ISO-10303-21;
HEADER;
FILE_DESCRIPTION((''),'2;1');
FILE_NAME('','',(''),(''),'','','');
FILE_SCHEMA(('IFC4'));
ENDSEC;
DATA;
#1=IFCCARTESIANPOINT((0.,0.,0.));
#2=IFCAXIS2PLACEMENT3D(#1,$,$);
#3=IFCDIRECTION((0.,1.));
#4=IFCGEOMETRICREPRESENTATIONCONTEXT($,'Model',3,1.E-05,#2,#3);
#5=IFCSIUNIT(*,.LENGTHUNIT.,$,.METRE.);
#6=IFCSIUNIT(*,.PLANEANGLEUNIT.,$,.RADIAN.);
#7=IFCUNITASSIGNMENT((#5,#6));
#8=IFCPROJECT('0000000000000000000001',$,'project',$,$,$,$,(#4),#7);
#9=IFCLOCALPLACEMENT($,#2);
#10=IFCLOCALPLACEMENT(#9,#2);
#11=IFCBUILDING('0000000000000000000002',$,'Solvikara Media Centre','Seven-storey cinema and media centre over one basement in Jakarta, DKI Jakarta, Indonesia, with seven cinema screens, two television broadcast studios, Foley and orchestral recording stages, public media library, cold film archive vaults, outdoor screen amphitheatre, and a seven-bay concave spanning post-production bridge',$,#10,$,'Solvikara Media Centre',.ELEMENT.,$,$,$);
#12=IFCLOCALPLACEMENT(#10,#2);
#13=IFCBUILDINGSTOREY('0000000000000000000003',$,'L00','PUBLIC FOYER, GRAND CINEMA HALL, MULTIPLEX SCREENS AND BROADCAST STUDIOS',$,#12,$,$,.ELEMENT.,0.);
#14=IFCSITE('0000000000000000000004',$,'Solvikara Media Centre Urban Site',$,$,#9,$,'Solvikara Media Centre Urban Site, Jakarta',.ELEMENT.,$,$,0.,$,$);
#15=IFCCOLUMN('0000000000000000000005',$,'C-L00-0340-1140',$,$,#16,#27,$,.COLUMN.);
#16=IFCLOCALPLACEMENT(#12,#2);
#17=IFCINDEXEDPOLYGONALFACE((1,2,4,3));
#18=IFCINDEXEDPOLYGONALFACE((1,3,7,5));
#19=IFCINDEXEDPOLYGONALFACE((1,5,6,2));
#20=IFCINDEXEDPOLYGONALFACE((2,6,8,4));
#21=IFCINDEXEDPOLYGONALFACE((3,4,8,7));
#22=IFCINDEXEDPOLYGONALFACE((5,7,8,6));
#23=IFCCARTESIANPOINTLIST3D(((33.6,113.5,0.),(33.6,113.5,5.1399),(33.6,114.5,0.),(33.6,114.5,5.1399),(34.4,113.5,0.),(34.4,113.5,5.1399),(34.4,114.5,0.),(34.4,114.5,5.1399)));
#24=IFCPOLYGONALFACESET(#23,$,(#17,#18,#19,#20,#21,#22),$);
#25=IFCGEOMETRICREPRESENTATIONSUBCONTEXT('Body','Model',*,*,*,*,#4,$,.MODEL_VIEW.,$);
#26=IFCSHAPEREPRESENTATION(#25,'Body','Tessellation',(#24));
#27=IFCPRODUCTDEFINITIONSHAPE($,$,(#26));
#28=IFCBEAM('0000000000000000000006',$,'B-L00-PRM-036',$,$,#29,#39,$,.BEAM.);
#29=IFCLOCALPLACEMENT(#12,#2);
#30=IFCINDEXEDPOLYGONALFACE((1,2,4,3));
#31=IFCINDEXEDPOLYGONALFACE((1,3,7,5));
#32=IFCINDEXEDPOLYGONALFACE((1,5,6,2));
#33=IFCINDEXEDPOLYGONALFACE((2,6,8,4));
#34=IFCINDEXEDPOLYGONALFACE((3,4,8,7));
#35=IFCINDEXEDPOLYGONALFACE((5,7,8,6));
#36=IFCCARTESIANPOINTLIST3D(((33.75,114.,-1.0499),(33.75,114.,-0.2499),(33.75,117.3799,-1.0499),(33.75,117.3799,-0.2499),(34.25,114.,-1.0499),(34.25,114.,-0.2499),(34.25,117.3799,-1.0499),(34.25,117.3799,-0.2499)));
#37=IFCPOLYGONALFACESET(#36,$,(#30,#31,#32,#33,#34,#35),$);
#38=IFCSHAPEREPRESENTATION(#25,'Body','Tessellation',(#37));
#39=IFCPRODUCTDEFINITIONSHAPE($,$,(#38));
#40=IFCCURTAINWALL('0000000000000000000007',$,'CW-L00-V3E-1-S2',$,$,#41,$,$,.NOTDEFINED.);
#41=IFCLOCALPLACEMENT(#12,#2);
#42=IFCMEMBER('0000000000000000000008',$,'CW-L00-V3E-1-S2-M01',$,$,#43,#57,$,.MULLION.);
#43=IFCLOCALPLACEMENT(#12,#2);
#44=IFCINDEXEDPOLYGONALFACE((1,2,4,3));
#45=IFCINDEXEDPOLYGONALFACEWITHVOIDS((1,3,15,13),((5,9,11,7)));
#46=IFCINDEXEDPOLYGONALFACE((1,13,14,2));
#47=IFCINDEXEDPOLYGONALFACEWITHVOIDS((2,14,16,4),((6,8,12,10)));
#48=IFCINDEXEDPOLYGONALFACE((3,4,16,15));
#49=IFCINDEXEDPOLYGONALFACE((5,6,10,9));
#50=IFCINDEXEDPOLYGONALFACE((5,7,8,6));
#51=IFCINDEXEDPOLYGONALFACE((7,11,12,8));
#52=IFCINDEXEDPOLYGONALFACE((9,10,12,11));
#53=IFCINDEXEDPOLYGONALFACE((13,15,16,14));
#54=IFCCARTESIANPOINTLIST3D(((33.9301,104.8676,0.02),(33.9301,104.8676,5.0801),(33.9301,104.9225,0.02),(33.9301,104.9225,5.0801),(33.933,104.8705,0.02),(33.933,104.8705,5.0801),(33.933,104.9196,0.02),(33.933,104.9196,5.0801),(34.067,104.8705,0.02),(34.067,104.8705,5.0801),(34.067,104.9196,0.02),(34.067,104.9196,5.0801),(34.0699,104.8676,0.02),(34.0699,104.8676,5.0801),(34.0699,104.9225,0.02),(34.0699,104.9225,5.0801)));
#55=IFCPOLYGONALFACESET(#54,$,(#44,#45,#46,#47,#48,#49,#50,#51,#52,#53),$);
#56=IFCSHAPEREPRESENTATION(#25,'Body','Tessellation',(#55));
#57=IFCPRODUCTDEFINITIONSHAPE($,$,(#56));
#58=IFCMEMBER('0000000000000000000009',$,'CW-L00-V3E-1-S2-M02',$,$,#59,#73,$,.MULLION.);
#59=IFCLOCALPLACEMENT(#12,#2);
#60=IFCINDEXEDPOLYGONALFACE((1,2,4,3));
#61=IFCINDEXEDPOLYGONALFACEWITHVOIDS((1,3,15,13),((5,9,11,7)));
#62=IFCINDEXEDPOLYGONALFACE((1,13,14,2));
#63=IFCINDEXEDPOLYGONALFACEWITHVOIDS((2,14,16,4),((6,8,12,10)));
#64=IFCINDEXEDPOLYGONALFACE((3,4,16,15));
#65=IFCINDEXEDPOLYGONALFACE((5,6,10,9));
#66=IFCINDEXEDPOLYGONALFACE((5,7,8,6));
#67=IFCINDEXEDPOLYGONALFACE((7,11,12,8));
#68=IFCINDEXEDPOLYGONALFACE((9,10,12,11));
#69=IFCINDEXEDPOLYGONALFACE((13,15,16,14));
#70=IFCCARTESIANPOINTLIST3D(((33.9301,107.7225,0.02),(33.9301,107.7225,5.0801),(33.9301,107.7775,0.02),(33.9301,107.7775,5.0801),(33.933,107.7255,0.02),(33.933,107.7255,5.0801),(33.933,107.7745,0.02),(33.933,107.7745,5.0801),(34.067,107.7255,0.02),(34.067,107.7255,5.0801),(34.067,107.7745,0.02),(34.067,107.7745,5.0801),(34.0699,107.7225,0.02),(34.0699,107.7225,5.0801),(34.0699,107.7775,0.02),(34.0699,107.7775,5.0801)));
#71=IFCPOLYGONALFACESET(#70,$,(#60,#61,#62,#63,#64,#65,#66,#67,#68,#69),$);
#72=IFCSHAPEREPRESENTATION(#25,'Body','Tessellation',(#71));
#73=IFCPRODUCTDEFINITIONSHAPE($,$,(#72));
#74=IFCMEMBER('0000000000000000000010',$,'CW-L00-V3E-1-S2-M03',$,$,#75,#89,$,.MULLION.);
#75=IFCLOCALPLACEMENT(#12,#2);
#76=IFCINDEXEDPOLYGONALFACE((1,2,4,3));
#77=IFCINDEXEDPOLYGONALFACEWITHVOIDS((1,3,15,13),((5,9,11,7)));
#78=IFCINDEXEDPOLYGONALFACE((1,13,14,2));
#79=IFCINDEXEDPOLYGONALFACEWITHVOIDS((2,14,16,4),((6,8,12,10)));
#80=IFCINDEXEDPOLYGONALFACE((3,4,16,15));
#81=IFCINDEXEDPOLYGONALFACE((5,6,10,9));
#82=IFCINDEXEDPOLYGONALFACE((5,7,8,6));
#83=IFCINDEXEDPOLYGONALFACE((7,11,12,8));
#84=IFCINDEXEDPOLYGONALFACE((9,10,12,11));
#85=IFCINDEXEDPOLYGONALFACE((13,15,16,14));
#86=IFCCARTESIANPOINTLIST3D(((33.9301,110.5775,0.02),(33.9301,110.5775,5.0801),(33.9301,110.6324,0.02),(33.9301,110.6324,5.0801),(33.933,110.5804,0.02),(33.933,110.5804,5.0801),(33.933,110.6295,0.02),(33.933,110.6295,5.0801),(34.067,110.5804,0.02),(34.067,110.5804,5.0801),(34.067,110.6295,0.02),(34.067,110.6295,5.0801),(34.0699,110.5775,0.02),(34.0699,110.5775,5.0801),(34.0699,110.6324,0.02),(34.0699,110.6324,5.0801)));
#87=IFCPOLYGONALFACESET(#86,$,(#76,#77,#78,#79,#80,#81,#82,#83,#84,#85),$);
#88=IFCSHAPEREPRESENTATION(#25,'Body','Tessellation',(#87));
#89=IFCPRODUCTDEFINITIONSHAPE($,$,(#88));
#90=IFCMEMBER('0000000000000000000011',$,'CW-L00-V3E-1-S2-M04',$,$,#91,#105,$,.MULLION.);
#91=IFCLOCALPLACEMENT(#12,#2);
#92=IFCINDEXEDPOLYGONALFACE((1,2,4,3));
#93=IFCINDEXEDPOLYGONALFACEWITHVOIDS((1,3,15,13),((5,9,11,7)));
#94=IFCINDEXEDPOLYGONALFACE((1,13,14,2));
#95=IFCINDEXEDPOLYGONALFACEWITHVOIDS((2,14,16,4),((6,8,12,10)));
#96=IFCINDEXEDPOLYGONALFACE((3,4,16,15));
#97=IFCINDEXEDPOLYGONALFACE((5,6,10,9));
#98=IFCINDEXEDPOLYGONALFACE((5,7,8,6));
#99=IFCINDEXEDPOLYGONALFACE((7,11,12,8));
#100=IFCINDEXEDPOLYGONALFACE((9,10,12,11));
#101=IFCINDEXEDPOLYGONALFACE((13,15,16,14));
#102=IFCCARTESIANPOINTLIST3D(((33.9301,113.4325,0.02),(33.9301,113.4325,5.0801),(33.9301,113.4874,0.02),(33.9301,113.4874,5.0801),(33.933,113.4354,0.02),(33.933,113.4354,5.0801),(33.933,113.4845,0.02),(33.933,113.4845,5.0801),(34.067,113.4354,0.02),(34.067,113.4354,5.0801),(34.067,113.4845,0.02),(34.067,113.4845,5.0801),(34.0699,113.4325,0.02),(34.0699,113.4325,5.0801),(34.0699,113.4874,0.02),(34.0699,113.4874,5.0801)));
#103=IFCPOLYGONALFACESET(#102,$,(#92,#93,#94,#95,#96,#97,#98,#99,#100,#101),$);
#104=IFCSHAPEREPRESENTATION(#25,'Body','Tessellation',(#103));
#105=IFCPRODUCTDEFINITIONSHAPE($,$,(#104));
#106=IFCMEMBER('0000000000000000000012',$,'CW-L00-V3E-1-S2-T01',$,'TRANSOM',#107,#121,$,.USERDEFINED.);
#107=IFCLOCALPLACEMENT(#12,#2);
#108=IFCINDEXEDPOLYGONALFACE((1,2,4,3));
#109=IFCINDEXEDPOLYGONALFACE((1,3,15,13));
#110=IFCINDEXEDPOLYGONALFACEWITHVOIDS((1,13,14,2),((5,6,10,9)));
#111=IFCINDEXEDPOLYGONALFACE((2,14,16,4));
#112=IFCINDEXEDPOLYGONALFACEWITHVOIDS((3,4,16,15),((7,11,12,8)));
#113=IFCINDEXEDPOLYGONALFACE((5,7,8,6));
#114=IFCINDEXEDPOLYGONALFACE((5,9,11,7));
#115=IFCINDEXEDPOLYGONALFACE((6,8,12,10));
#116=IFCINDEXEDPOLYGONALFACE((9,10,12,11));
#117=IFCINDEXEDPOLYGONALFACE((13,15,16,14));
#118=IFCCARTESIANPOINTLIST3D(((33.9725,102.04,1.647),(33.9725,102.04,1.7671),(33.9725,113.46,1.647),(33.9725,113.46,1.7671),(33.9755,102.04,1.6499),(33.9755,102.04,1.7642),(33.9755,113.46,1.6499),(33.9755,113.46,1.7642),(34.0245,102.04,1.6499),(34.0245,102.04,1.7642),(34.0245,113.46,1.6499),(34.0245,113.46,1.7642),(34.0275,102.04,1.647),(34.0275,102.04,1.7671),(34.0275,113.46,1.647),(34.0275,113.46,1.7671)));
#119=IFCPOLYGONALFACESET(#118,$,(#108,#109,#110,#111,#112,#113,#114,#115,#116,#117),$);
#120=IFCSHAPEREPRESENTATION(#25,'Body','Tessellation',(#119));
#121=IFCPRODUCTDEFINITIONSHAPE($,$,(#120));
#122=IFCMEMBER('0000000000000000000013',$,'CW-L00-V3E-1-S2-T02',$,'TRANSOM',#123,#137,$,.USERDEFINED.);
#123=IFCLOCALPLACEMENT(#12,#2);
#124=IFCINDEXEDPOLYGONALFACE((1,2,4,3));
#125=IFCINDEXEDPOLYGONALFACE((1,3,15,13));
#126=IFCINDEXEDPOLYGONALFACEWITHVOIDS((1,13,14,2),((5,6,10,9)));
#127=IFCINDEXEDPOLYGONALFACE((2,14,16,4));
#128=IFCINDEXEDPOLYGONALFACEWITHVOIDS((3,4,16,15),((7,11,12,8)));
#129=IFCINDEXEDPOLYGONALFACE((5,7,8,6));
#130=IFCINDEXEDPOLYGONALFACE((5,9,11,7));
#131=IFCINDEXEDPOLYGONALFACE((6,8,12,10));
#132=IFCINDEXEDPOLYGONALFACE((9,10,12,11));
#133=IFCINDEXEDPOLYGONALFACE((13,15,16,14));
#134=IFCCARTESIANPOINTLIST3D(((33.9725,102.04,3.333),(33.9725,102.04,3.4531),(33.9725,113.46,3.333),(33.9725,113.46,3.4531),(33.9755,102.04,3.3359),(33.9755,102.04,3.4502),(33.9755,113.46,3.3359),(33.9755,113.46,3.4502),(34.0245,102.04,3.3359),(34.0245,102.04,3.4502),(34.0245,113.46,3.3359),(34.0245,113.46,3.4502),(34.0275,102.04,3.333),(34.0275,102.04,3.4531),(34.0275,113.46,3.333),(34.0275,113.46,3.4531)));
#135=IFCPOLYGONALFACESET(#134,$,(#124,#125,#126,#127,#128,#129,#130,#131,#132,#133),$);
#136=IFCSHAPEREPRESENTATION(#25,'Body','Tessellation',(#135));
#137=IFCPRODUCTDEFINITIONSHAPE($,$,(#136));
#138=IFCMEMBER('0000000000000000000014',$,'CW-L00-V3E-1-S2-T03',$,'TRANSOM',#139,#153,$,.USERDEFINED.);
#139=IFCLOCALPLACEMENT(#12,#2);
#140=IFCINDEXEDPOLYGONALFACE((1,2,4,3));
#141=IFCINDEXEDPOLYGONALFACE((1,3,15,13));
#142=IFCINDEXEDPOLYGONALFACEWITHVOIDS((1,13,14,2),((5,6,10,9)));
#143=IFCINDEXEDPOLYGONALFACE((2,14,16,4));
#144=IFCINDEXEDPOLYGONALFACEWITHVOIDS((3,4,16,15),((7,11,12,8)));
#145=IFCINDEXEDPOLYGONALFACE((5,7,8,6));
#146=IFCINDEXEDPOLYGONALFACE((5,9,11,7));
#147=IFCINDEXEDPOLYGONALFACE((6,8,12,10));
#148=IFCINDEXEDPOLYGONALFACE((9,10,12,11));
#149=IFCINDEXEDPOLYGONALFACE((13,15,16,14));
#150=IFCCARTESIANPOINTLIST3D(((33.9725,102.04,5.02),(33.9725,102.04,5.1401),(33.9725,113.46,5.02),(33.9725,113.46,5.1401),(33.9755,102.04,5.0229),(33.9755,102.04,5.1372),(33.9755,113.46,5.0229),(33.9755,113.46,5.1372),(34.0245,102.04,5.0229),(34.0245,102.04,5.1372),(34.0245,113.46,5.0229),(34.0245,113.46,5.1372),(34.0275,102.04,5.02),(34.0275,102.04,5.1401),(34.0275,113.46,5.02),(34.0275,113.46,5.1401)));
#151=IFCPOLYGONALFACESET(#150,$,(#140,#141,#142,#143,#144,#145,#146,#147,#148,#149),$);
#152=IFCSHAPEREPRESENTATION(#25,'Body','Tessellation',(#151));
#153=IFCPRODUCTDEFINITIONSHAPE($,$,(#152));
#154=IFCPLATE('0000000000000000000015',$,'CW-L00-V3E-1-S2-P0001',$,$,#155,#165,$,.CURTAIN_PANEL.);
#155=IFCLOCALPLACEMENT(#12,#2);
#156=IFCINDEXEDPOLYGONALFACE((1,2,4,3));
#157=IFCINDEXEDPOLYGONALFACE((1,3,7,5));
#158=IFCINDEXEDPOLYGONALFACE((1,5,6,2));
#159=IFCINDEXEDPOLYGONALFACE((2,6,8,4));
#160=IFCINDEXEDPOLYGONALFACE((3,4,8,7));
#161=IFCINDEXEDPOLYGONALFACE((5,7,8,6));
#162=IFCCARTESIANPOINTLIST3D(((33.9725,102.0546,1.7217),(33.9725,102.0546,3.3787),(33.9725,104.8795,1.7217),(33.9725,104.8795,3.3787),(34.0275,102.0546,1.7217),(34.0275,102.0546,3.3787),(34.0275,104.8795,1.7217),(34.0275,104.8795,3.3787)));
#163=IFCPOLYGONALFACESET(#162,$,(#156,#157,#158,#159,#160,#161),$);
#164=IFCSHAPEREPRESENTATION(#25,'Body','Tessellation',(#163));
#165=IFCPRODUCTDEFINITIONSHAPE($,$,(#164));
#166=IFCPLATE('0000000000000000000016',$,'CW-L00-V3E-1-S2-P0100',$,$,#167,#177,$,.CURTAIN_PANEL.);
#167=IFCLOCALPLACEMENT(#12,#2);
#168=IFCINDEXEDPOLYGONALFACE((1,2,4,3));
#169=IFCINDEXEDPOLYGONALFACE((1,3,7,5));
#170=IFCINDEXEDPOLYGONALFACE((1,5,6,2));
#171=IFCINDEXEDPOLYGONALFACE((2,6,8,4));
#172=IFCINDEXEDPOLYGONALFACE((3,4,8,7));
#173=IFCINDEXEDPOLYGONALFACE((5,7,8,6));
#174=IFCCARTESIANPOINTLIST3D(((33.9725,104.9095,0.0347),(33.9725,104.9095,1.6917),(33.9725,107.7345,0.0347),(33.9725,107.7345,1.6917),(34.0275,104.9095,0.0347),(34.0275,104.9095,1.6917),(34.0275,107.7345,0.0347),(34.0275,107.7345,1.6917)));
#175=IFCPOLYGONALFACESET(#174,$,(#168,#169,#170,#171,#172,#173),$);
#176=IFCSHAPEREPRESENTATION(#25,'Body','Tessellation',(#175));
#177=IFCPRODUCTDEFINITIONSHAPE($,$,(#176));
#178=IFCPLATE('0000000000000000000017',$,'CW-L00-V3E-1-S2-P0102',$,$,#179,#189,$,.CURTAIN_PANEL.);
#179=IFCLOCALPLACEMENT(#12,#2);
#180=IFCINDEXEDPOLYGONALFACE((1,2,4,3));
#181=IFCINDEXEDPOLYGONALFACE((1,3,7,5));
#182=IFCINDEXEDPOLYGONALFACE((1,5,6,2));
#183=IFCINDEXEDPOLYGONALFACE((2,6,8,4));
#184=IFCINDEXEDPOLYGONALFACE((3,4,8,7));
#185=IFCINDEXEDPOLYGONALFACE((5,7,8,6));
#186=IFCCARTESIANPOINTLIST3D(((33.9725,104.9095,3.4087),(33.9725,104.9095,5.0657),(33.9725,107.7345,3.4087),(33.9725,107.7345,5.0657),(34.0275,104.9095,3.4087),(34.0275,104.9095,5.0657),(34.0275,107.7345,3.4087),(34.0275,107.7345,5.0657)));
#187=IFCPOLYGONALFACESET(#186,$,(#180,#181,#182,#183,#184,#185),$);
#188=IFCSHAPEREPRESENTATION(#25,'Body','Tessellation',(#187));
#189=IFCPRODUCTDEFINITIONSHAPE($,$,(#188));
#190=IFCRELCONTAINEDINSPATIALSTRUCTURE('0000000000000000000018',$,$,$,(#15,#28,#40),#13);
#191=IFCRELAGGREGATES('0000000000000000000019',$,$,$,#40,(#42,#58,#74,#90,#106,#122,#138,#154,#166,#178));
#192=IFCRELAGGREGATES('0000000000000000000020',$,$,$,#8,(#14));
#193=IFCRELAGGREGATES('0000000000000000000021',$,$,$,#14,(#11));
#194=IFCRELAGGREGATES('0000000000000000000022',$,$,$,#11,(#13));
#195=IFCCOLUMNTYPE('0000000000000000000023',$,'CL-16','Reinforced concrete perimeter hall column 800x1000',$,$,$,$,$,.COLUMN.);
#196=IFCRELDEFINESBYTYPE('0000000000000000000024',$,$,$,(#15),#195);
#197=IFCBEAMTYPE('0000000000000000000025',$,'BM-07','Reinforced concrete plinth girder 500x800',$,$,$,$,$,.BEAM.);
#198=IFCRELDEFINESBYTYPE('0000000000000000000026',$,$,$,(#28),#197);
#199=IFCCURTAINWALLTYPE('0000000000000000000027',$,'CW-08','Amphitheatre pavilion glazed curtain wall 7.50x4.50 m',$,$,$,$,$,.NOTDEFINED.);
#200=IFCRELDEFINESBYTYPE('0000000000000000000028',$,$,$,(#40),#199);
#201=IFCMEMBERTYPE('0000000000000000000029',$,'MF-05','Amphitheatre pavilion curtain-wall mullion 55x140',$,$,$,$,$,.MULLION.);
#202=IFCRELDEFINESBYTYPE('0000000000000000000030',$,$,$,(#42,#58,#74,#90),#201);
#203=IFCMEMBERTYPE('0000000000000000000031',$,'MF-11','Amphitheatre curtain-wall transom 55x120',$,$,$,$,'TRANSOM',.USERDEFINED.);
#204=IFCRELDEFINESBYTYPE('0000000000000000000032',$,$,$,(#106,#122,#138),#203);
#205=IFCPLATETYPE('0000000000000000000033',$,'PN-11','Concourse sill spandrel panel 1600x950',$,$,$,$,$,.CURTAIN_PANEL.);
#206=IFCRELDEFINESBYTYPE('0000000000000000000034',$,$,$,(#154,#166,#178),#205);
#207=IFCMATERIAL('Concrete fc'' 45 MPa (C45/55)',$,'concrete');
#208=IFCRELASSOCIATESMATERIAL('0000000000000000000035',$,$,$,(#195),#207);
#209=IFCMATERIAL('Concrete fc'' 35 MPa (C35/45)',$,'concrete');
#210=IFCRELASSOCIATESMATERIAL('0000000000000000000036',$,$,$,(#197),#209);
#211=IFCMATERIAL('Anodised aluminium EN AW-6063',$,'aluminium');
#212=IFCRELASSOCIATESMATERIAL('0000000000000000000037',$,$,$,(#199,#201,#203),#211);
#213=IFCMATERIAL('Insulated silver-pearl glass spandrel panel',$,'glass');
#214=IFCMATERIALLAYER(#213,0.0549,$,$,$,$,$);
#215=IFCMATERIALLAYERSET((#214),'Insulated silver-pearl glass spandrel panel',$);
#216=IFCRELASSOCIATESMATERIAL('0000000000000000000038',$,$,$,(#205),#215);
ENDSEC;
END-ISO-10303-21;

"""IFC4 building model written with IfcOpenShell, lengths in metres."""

from ifc_helpers import new_model, si_unit, direction, frame, origin, origin_2d, place, context, subcontext, project, spatial, rectangle, hollow_rectangle, extrude, material, layer, layer_set, material_profile, profile_set, type_object, element, aggregate, save


model = new_model("IFC4")

# Units and contexts
model_context = context("Model", 3, precision=1e-05, world=origin(), true_north=direction((0.0, 1.0)))
body_context = subcontext(model_context, "Body", "Model", "MODEL_VIEW")
ifc_project = project(units=[si_unit("LENGTHUNIT", "METRE"), si_unit("PLANEANGLEUNIT", "RADIAN")], contexts=[model_context])

# Site, building, storey
site_placement = place(None, origin())
site = spatial("IfcSite", under=ifc_project, at=site_placement, Name="Solvikara Media Centre Urban Site", LongName="Solvikara Media Centre Urban Site, Jakarta", CompositionType="ELEMENT", RefElevation=0.0)
building_placement = place(site_placement, origin())
building = spatial("IfcBuilding", under=site, at=building_placement, Name="Solvikara Media Centre", Description="Seven-storey cinema and media centre over one basement in Jakarta, DKI Jakarta, Indonesia, with seven cinema screens, two television broadcast studios, Foley and orchestral recording stages, public media library, cold film archive vaults, outdoor screen amphitheatre, and a seven-bay concave spanning post-production bridge", LongName="Solvikara Media Centre", CompositionType="ELEMENT")
storey_placement = place(building_placement, origin())
storey = spatial("IfcBuildingStorey", under=building, at=storey_placement, Name="L00", Description="PUBLIC FOYER, GRAND CINEMA HALL, MULTIPLEX SCREENS AND BROADCAST STUDIOS", CompositionType="ELEMENT", Elevation=0.0)

# Column
ifc_material_1 = material(Name="Concrete fc' 45 MPa (C45/55)", Category="concrete")
ifc_material_profile_1 = material_profile(ifc_material_1, rectangle(XDim=0.8, YDim=1.0, at=origin_2d()), Name="RC 800x1000")
ifc_profile_set_1 = profile_set([ifc_material_profile_1], Name="Concrete fc' 45 MPa (C45/55)")
column_type = type_object("IfcColumnType", Name="CL-16", Description="Reinforced concrete perimeter hall column 800x1000", PredefinedType="COLUMN", material=ifc_profile_set_1)
column_placement = place(storey_placement, frame((34.0, 114.0, 0.0), z_axis=(0.0, 0.0, 1.0), x_axis=(1.0, 0.0, 0.0)))
element("IfcColumn", 1, at=column_placement, inside=storey, type_object=column_type, Name="C-L00-0340-1140", PredefinedType="COLUMN", context=body_context, shape_type="SweptSolid", body=[
    extrude(rectangle(XDim=0.8, YDim=1.0, at=origin_2d()), origin(), (0.0, 0.0, 1.0), 5.1399),
])

# Beam
ifc_material_2 = material(Name="Concrete fc' 35 MPa (C35/45)", Category="concrete")
ifc_material_profile_2 = material_profile(ifc_material_2, rectangle(XDim=0.5, YDim=0.8, at=origin_2d()), Name="RC 500x800")
ifc_profile_set_2 = profile_set([ifc_material_profile_2], Name="Concrete fc' 35 MPa (C35/45)")
beam_type = type_object("IfcBeamType", Name="BM-07", Description="Reinforced concrete plinth girder 500x800", PredefinedType="BEAM", material=ifc_profile_set_2)
beam_placement = place(storey_placement, frame((34.0, 114.0, -0.6499), z_axis=(0.0, 1.0, 0.0), x_axis=(-1.0, 0.0, 0.0)))
element("IfcBeam", 2, at=beam_placement, inside=storey, type_object=beam_type, Name="B-L00-PRM-036", PredefinedType="BEAM", context=body_context, shape_type="SweptSolid", body=[
    extrude(rectangle(XDim=0.5, YDim=0.8, at=origin_2d()), origin(), (0.0, 0.0, 1.0), 3.3799),
])

# Curtain wall, members, plates
ifc_material_3 = material(Name="Anodised aluminium EN AW-6063", Category="aluminium")
curtain_wall_type = type_object("IfcCurtainWallType", Name="CW-08", Description="Amphitheatre pavilion glazed curtain wall 7.50x4.50 m", PredefinedType="NOTDEFINED", material=ifc_material_3)
curtain_wall_placement = place(storey_placement, origin())
curtain_wall = element("IfcCurtainWall", 3, at=curtain_wall_placement, inside=storey, type_object=curtain_wall_type, Name="CW-L00-V3E-1-S2", PredefinedType="NOTDEFINED")
ifc_material_profile_3 = material_profile(ifc_material_3, hollow_rectangle(XDim=0.0549, YDim=0.1399, WallThickness=0.0029, at=origin_2d()), Name="ALU-M 55x140x3")
ifc_profile_set_3 = profile_set([ifc_material_profile_3], Name="Anodised aluminium EN AW-6063")
member_type_1 = type_object("IfcMemberType", Name="MF-05", Description="Amphitheatre pavilion curtain-wall mullion 55x140", PredefinedType="MULLION", material=ifc_profile_set_3)
member_1_placement = place(storey_placement, frame((34.0, 104.895, 0.02), z_axis=(0.0, 0.0, 1.0), x_axis=(0.0, 1.0, 0.0)))
member_1 = element("IfcMember", 4, at=member_1_placement, type_object=member_type_1, Name="CW-L00-V3E-1-S2-M01", PredefinedType="MULLION", context=body_context, shape_type="SweptSolid", body=[
    extrude(hollow_rectangle(XDim=0.0549, YDim=0.1399, WallThickness=0.0029, at=origin_2d()), origin(), (0.0, 0.0, 1.0), 5.0601),
])
member_2_placement = place(storey_placement, frame((34.0, 107.75, 0.02), z_axis=(0.0, 0.0, 1.0), x_axis=(0.0, 1.0, 0.0)))
member_2 = element("IfcMember", 5, at=member_2_placement, type_object=member_type_1, Name="CW-L00-V3E-1-S2-M02", PredefinedType="MULLION", context=body_context, shape_type="SweptSolid", body=[
    extrude(hollow_rectangle(XDim=0.0549, YDim=0.1399, WallThickness=0.0029, at=origin_2d()), origin(), (0.0, 0.0, 1.0), 5.0601),
])
member_3_placement = place(storey_placement, frame((34.0, 110.605, 0.02), z_axis=(0.0, 0.0, 1.0), x_axis=(0.0, 1.0, 0.0)))
member_3 = element("IfcMember", 6, at=member_3_placement, type_object=member_type_1, Name="CW-L00-V3E-1-S2-M03", PredefinedType="MULLION", context=body_context, shape_type="SweptSolid", body=[
    extrude(hollow_rectangle(XDim=0.0549, YDim=0.1399, WallThickness=0.0029, at=origin_2d()), origin(), (0.0, 0.0, 1.0), 5.0601),
])
member_4_placement = place(storey_placement, frame((34.0, 113.46, 0.02), z_axis=(0.0, 0.0, 1.0), x_axis=(0.0, 1.0, 0.0)))
member_4 = element("IfcMember", 7, at=member_4_placement, type_object=member_type_1, Name="CW-L00-V3E-1-S2-M04", PredefinedType="MULLION", context=body_context, shape_type="SweptSolid", body=[
    extrude(hollow_rectangle(XDim=0.0549, YDim=0.1399, WallThickness=0.0029, at=origin_2d()), origin(), (0.0, 0.0, 1.0), 5.0601),
])
ifc_material_profile_4 = material_profile(ifc_material_3, hollow_rectangle(XDim=0.0549, YDim=0.1201, WallThickness=0.0029, at=origin_2d()), Name="ALU-T 55x120x3")
ifc_profile_set_4 = profile_set([ifc_material_profile_4], Name="Anodised aluminium EN AW-6063")
member_type_2 = type_object("IfcMemberType", Name="MF-11", Description="Amphitheatre curtain-wall transom 55x120", ElementType="TRANSOM", PredefinedType="USERDEFINED", material=ifc_profile_set_4)
member_5_placement = place(storey_placement, frame((34.0, 102.04, 1.707), z_axis=(0.0, 1.0, 0.0), x_axis=(-1.0, 0.0, 0.0)))
member_5 = element("IfcMember", 8, at=member_5_placement, type_object=member_type_2, Name="CW-L00-V3E-1-S2-T01", ObjectType="TRANSOM", PredefinedType="USERDEFINED", context=body_context, shape_type="SweptSolid", body=[
    extrude(hollow_rectangle(XDim=0.0549, YDim=0.1201, WallThickness=0.0029, at=origin_2d()), origin(), (0.0, 0.0, 1.0), 11.4199),
])
member_6_placement = place(storey_placement, frame((34.0, 102.04, 3.3931), z_axis=(0.0, 1.0, 0.0), x_axis=(-1.0, 0.0, 0.0)))
member_6 = element("IfcMember", 9, at=member_6_placement, type_object=member_type_2, Name="CW-L00-V3E-1-S2-T02", ObjectType="TRANSOM", PredefinedType="USERDEFINED", context=body_context, shape_type="SweptSolid", body=[
    extrude(hollow_rectangle(XDim=0.0549, YDim=0.1201, WallThickness=0.0029, at=origin_2d()), origin(), (0.0, 0.0, 1.0), 11.4199),
])
member_7_placement = place(storey_placement, frame((34.0, 102.04, 5.0801), z_axis=(0.0, 1.0, 0.0), x_axis=(-1.0, 0.0, 0.0)))
member_7 = element("IfcMember", 10, at=member_7_placement, type_object=member_type_2, Name="CW-L00-V3E-1-S2-T03", ObjectType="TRANSOM", PredefinedType="USERDEFINED", context=body_context, shape_type="SweptSolid", body=[
    extrude(hollow_rectangle(XDim=0.0549, YDim=0.1201, WallThickness=0.0029, at=origin_2d()), origin(), (0.0, 0.0, 1.0), 11.4199),
])
ifc_material_4 = material(Name="Insulated silver-pearl glass spandrel panel", Category="glass")
ifc_layer_1 = layer(ifc_material_4, 0.0549)
ifc_layer_set_1 = layer_set([ifc_layer_1], Name="Insulated silver-pearl glass spandrel panel")
plate_type_1 = type_object("IfcPlateType", Name="PN-11", Description="Concourse sill spandrel panel 1600x950", PredefinedType="CURTAIN_PANEL", material=ifc_layer_set_1)
plate_1_placement = place(storey_placement, frame((34.0, 103.467, 1.7217), z_axis=(0.0, 0.0, 1.0), x_axis=(0.0, 1.0, 0.0)))
plate_1 = element("IfcPlate", 11, at=plate_1_placement, type_object=plate_type_1, Name="CW-L00-V3E-1-S2-P0001", PredefinedType="CURTAIN_PANEL", context=body_context, shape_type="SweptSolid", body=[
    extrude(rectangle(XDim=2.825, YDim=0.0549, at=origin_2d()), origin(), (0.0, 0.0, 1.0), 1.657),
])
plate_2_placement = place(storey_placement, frame((34.0, 106.322, 0.0347), z_axis=(0.0, 0.0, 1.0), x_axis=(0.0, 1.0, 0.0)))
plate_2 = element("IfcPlate", 12, at=plate_2_placement, type_object=plate_type_1, Name="CW-L00-V3E-1-S2-P0100", PredefinedType="CURTAIN_PANEL", context=body_context, shape_type="SweptSolid", body=[
    extrude(rectangle(XDim=2.825, YDim=0.0549, at=origin_2d()), origin(), (0.0, 0.0, 1.0), 1.657),
])
plate_3_placement = place(storey_placement, frame((34.0, 106.322, 3.4087), z_axis=(0.0, 0.0, 1.0), x_axis=(0.0, 1.0, 0.0)))
plate_3 = element("IfcPlate", 13, at=plate_3_placement, type_object=plate_type_1, Name="CW-L00-V3E-1-S2-P0102", PredefinedType="CURTAIN_PANEL", context=body_context, shape_type="SweptSolid", body=[
    extrude(rectangle(XDim=2.825, YDim=0.0549, at=origin_2d()), origin(), (0.0, 0.0, 1.0), 1.657),
])
aggregate(curtain_wall, [member_1, member_2, member_3, member_4, member_5, member_6, member_7, plate_1, plate_2, plate_3])

save(model, "model.ifc")
